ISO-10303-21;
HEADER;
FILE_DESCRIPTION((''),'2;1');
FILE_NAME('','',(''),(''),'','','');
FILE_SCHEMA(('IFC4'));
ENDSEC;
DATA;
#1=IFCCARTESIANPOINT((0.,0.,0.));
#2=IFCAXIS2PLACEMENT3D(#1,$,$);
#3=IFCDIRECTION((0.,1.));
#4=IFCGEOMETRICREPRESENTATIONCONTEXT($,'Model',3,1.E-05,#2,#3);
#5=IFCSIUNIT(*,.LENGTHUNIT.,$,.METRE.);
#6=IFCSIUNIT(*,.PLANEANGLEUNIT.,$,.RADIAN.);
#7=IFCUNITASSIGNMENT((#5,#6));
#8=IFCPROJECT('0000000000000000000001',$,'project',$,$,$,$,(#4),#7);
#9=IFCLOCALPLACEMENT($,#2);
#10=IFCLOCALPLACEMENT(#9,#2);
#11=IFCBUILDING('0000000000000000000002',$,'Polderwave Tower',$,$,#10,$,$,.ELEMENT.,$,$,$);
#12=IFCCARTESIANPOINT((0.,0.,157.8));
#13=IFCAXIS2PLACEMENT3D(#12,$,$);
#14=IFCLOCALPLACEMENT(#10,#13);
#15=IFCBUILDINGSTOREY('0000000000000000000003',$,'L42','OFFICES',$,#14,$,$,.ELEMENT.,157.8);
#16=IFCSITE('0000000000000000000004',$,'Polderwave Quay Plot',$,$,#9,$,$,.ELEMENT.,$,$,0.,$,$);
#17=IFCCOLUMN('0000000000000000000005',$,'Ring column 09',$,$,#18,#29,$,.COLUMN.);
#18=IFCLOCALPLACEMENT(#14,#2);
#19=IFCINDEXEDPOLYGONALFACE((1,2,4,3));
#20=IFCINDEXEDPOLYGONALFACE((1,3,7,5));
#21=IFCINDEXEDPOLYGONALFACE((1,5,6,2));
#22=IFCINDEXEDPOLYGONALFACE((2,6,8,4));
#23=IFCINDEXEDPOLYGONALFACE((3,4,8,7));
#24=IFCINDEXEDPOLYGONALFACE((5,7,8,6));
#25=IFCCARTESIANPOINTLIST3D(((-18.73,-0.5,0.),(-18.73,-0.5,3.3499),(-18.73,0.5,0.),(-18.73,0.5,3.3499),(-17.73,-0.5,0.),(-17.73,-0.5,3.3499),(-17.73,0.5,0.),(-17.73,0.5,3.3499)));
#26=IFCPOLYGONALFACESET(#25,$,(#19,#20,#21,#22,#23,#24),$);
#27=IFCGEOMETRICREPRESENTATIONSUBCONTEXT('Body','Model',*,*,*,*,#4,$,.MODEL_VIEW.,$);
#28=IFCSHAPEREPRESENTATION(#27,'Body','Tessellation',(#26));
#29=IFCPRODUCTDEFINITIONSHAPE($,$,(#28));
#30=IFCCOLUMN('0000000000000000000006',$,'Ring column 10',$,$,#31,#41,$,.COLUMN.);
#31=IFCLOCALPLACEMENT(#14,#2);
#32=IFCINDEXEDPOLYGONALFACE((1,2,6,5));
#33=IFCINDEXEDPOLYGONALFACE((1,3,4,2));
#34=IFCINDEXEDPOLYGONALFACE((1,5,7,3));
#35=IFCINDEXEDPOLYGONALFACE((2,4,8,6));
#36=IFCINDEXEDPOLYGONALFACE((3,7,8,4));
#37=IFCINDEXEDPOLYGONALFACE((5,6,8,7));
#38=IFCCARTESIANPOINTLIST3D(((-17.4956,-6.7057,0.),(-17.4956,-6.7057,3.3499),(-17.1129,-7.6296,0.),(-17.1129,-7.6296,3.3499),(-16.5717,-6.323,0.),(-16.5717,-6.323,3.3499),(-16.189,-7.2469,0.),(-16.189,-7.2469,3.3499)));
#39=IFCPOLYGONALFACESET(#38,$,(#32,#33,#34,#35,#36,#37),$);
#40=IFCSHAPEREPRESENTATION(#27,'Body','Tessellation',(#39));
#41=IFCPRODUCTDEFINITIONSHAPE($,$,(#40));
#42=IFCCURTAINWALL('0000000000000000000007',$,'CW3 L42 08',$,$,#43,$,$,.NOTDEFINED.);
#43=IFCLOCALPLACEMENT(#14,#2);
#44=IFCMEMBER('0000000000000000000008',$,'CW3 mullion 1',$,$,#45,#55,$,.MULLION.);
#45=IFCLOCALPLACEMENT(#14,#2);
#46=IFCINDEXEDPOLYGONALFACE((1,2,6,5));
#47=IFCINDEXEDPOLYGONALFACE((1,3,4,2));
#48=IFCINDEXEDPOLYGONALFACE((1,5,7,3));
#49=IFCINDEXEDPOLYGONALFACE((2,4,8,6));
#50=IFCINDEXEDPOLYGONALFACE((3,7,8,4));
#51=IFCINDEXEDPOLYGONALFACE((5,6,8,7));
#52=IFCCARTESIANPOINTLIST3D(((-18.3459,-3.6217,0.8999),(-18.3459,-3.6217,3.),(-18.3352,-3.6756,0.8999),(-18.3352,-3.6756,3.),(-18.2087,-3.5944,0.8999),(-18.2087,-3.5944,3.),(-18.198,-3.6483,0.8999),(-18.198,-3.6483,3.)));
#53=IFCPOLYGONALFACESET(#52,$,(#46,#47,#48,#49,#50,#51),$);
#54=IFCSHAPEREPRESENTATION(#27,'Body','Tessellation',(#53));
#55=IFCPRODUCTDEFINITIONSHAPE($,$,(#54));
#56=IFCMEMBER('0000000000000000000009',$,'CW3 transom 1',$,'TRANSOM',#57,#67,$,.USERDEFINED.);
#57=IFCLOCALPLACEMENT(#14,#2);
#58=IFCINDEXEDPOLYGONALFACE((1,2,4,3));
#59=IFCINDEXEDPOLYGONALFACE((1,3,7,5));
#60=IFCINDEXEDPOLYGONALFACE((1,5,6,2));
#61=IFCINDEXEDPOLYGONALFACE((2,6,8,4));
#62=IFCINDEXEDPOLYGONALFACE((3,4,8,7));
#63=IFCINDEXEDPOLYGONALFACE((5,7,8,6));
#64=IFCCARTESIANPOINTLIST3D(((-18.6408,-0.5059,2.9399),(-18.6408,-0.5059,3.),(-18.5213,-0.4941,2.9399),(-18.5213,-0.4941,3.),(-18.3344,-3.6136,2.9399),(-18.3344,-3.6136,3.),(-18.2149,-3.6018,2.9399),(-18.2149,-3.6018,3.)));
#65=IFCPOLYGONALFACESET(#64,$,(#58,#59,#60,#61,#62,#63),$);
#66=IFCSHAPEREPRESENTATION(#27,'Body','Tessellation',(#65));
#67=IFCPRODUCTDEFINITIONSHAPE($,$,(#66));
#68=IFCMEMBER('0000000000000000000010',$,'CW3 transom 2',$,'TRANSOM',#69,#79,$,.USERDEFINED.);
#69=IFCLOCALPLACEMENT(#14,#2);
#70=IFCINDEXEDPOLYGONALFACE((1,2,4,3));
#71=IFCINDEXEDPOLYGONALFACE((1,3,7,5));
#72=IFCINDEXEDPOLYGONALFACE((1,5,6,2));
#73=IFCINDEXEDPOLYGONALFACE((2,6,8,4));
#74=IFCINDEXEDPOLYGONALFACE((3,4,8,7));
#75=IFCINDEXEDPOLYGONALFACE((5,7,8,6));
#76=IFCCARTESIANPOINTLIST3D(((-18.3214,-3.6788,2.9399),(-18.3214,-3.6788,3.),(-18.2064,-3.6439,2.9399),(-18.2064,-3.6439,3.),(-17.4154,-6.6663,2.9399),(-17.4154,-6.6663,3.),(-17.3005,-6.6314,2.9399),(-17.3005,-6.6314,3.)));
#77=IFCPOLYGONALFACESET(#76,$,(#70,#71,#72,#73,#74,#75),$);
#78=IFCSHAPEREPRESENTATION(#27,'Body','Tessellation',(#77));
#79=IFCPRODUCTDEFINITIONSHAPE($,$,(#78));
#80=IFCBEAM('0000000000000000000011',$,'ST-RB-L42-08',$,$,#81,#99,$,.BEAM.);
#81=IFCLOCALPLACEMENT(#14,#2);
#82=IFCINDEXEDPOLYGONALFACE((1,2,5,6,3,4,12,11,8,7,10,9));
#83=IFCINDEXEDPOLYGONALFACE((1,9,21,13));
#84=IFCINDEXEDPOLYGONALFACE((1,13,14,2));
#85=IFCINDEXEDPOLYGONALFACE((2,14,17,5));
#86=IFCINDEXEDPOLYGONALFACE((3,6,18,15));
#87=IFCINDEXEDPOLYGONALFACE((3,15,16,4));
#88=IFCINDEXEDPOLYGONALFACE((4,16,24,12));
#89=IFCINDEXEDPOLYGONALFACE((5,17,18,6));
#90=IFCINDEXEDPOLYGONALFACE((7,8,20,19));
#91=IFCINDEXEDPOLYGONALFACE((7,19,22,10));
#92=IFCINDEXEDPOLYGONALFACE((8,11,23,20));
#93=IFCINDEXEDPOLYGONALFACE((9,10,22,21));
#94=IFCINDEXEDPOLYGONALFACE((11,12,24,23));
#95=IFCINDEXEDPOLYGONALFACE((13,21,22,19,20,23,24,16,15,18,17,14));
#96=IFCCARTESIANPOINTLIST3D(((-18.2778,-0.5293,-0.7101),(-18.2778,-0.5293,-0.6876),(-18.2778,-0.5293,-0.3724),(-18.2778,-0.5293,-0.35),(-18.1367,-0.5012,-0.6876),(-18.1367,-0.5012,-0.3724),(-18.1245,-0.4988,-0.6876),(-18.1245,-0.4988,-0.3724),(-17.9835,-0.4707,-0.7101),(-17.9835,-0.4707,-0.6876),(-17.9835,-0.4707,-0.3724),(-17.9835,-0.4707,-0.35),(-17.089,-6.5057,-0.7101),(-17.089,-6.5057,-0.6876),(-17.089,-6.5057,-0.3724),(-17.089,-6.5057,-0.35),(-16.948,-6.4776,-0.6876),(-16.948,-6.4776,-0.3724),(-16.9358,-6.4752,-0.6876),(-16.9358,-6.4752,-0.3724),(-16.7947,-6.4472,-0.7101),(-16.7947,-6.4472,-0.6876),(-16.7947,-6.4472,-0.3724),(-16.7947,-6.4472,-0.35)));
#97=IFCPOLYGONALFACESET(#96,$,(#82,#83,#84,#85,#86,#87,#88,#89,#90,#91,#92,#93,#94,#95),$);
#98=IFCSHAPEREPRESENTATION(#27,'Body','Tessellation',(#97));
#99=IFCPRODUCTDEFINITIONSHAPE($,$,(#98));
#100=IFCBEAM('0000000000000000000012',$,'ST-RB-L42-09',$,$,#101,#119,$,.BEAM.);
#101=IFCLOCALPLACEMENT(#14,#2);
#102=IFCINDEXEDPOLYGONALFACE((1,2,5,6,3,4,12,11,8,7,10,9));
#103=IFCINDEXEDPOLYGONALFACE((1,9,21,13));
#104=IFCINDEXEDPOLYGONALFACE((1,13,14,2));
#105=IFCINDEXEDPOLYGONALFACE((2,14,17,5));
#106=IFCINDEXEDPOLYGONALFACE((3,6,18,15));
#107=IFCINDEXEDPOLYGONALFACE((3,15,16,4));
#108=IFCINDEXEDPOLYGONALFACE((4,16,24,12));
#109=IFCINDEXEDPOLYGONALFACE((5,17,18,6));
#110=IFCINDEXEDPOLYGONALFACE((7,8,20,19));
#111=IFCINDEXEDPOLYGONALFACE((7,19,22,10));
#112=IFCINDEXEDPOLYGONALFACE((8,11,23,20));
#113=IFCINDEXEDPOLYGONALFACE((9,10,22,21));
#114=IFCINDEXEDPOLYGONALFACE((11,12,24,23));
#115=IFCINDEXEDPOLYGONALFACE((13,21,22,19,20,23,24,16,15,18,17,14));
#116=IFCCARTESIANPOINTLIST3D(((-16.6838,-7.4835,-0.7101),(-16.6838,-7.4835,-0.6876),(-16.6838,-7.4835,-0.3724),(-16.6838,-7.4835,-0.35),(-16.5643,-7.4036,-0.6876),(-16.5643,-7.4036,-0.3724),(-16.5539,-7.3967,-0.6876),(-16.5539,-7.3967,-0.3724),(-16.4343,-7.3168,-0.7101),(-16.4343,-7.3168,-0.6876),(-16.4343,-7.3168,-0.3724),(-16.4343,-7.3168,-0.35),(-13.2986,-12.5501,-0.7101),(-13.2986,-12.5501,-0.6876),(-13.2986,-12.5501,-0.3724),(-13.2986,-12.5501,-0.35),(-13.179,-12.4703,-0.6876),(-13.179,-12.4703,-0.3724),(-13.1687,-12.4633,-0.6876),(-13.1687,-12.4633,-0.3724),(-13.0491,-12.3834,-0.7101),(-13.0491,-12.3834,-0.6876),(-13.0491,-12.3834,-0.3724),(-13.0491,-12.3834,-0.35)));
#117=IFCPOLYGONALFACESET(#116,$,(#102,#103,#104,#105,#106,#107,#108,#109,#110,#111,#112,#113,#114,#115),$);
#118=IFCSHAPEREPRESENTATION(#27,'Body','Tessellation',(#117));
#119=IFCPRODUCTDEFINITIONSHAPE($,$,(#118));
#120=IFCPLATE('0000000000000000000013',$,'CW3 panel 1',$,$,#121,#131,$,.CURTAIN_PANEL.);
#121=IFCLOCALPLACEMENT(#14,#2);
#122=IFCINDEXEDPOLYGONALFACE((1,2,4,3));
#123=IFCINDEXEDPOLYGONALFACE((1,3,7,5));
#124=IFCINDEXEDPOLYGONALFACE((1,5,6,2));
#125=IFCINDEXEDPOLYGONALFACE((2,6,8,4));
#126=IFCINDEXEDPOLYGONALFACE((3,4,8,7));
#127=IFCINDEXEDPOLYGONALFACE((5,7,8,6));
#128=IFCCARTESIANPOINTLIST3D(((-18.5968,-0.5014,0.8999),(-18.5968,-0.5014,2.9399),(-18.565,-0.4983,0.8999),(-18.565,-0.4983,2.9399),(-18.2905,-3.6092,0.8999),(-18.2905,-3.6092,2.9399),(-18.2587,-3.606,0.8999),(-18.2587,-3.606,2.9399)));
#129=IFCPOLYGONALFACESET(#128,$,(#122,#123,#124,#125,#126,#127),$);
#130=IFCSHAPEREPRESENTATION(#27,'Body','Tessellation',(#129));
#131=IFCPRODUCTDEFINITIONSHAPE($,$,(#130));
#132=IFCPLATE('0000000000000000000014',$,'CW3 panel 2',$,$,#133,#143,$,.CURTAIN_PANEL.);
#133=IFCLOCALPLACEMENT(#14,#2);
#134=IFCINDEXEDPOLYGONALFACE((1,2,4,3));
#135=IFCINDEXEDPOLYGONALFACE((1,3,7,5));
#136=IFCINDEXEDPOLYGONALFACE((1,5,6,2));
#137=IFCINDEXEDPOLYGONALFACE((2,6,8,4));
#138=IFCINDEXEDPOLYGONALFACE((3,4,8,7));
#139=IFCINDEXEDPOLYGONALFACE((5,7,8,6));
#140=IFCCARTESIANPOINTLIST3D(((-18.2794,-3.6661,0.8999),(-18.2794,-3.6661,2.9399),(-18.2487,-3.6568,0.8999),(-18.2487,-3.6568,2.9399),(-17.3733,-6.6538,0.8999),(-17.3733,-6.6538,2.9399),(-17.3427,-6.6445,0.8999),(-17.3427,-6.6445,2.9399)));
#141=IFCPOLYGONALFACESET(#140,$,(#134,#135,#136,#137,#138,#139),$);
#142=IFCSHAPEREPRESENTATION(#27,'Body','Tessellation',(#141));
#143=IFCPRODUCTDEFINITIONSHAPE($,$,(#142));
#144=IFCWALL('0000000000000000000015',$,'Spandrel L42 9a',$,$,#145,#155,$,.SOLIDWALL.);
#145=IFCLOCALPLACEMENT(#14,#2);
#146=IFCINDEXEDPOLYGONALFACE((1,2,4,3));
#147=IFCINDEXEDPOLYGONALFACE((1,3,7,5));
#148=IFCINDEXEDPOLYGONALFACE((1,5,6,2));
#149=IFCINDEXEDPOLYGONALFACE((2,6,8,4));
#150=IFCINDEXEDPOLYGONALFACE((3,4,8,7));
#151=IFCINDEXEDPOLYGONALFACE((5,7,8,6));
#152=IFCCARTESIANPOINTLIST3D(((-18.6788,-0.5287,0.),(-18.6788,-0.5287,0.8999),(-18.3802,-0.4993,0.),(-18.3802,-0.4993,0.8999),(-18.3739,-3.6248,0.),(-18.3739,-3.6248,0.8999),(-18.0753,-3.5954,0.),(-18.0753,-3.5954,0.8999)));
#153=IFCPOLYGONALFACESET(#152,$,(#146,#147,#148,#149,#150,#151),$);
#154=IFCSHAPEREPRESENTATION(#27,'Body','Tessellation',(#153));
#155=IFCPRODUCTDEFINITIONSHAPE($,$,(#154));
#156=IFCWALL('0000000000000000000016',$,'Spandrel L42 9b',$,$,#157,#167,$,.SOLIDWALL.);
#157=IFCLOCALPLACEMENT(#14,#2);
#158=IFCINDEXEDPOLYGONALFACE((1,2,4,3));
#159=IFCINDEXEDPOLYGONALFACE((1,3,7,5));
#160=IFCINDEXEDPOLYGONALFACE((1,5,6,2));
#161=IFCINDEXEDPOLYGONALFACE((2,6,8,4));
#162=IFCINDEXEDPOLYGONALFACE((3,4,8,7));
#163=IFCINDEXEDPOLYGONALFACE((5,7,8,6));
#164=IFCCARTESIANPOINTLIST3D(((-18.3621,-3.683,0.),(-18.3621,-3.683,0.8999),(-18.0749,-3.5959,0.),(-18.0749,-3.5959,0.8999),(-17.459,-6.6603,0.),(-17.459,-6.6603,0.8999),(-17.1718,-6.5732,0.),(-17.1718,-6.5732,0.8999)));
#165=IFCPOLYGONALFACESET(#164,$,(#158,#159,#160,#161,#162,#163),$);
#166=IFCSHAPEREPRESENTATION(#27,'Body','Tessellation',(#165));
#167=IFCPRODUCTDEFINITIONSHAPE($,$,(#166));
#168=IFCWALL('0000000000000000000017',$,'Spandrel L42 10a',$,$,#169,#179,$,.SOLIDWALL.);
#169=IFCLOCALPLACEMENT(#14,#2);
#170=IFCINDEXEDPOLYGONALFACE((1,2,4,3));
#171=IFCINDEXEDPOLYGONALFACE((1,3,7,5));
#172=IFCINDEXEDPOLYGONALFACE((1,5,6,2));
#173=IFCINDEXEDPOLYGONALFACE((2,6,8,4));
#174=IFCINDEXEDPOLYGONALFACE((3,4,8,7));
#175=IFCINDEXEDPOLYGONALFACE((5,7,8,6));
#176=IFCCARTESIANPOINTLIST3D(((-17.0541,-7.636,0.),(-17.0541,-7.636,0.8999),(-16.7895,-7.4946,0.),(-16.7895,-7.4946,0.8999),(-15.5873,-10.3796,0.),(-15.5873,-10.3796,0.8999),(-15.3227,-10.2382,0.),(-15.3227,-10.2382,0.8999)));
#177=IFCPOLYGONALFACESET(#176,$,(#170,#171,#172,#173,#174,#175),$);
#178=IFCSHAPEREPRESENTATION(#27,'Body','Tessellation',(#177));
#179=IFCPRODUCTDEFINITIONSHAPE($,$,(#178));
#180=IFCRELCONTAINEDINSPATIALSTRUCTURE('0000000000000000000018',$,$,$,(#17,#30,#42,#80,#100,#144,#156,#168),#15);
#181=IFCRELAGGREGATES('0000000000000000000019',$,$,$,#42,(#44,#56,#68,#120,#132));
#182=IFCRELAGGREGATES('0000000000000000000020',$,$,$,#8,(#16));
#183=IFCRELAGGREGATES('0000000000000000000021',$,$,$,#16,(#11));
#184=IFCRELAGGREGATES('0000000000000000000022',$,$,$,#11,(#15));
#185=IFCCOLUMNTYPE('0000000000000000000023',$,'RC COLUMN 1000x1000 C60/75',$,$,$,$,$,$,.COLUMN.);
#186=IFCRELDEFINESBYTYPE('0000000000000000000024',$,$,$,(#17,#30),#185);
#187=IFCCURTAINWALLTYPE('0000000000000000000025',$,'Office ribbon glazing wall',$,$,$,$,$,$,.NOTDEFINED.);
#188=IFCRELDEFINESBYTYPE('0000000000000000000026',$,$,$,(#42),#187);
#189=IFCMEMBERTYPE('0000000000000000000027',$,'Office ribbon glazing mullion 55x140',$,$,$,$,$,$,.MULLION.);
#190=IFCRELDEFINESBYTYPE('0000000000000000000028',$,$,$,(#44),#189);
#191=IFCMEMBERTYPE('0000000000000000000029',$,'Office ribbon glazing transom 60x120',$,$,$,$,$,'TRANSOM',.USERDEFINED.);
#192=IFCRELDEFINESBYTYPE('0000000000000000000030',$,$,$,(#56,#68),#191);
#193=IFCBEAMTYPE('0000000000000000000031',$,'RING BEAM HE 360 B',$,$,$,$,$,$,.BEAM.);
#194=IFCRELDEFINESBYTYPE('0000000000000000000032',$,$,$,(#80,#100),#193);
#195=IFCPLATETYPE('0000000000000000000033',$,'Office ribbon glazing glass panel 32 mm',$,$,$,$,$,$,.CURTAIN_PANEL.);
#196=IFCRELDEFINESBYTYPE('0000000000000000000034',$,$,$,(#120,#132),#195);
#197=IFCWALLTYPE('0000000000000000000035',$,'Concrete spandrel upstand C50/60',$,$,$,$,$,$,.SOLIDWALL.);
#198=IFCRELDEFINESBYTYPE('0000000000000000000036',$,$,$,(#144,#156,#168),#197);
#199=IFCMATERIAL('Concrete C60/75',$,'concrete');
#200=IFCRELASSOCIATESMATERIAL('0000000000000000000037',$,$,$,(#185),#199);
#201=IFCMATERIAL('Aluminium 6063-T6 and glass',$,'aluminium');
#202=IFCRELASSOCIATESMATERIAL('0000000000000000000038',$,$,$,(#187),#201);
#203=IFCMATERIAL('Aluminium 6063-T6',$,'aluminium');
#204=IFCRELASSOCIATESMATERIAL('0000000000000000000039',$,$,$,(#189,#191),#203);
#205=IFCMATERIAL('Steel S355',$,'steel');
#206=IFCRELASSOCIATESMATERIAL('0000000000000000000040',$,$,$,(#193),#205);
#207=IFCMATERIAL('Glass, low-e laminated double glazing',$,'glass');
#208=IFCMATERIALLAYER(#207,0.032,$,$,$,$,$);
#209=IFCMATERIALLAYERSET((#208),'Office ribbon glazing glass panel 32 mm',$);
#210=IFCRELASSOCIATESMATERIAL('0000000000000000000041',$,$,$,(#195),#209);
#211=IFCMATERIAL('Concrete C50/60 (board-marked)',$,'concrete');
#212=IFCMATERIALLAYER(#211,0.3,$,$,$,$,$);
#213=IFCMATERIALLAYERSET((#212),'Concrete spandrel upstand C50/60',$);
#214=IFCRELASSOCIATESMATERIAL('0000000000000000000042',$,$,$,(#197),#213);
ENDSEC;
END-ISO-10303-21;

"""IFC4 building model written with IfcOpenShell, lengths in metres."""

from ifc_helpers import new_model, si_unit, direction, frame, frame_2d, origin, origin_2d, place, context, subcontext, project, spatial, rectangle, i_section, extrude, material, layer, layer_set, material_profile, profile_set, type_object, element, aggregate, save


model = new_model("IFC4")

# Units and contexts
model_context = context("Model", 3, precision=1e-05, world=origin(), true_north=direction((0.0, 1.0)))
body_context = subcontext(model_context, "Body", "Model", "MODEL_VIEW")
ifc_project = project(units=[si_unit("LENGTHUNIT", "METRE"), si_unit("PLANEANGLEUNIT", "RADIAN")], contexts=[model_context])

# Site, building, storey
site_placement = place(None, origin())
site = spatial("IfcSite", under=ifc_project, at=site_placement, Name="Polderwave Quay Plot", CompositionType="ELEMENT", RefElevation=0.0)
building_placement = place(site_placement, origin())
building = spatial("IfcBuilding", under=site, at=building_placement, Name="Polderwave Tower", CompositionType="ELEMENT")
storey_placement = place(building_placement, frame((0.0, 0.0, 157.8)))
storey = spatial("IfcBuildingStorey", under=building, at=storey_placement, Name="L42", Description="OFFICES", CompositionType="ELEMENT", Elevation=157.8)

# Columns
ifc_material_1 = material(Name="Concrete C60/75", Category="concrete")
ifc_material_profile_1 = material_profile(ifc_material_1, rectangle(XDim=1.0, YDim=1.0, at=origin_2d()), Name="RC 1000x1000")
ifc_profile_set_1 = profile_set([ifc_material_profile_1], Name="Concrete C60/75")
column_type = type_object("IfcColumnType", Name="RC COLUMN 1000x1000 C60/75", PredefinedType="COLUMN", material=ifc_profile_set_1)
for number, where, z_axis, x_axis, name in (
    (1, (-18.23, 0.0, 0.0), (0.0, 0.0, 1.0), (-1.0, 0.0, 0.0), "Ring column 09"),
    (2, (-16.8423, -6.9763, 0.0), (0.0, 0.0, 1.0), (-0.92388, -0.382683, 0.0), "Ring column 10"),
):
    element("IfcColumn", number, at=place(storey_placement, frame(where, z_axis=z_axis, x_axis=x_axis)), inside=storey, type_object=column_type, Name=name, PredefinedType="COLUMN", context=body_context, shape_type="SweptSolid", body=[
        extrude(rectangle(XDim=1.0, YDim=1.0, at=origin_2d()), origin(), (0.0, 0.0, 1.0), 3.3499),
    ])

# Curtain wall, members
ifc_material_2 = material(Name="Aluminium 6063-T6 and glass", Category="aluminium")
curtain_wall_type = type_object("IfcCurtainWallType", Name="Office ribbon glazing wall", PredefinedType="NOTDEFINED", material=ifc_material_2)
curtain_wall_placement = place(storey_placement, origin())
curtain_wall = element("IfcCurtainWall", 3, at=curtain_wall_placement, inside=storey, type_object=curtain_wall_type, Name="CW3 L42 08", PredefinedType="NOTDEFINED")
ifc_material_3 = material(Name="Aluminium 6063-T6", Category="aluminium")
ifc_material_profile_2 = material_profile(ifc_material_3, rectangle(XDim=0.1399, YDim=0.0549, at=origin_2d()), Name="AL 55x140")
ifc_profile_set_2 = profile_set([ifc_material_profile_2], Name="Aluminium 6063-T6")
member_type_1 = type_object("IfcMemberType", Name="Office ribbon glazing mullion 55x140", PredefinedType="MULLION", material=ifc_profile_set_2)
member_1_placement = place(storey_placement, frame((-18.272, -3.635, 0.8999), z_axis=(0.0, 0.0, 1.0), x_axis=(0.980787, 0.195083, 0.0)))
member_1 = element("IfcMember", 4, at=member_1_placement, type_object=member_type_1, Name="CW3 mullion 1", PredefinedType="MULLION", context=body_context, shape_type="SweptSolid", body=[
    extrude(rectangle(XDim=0.1399, YDim=0.0549, at=origin_2d()), origin(), (0.0, 0.0, 1.0), 2.1001),
])
ifc_material_profile_3 = material_profile(ifc_material_3, rectangle(XDim=0.1201, YDim=0.0601, at=origin_2d()), Name="AL 60x120")
ifc_profile_set_3 = profile_set([ifc_material_profile_3], Name="Aluminium 6063-T6")
member_type_2 = type_object("IfcMemberType", Name="Office ribbon glazing transom 60x120", ElementType="TRANSOM", PredefinedType="USERDEFINED", material=ifc_profile_set_3)
member_2_placement = place(storey_placement, frame((-18.5811, -0.5, 2.97), z_axis=(0.098118, -0.995175, 0.0), x_axis=(0.995175, 0.098118, 0.0)))
member_2 = element("IfcMember", 5, at=member_2_placement, type_object=member_type_2, Name="CW3 transom 1", ObjectType="TRANSOM", PredefinedType="USERDEFINED", context=body_context, shape_type="SweptSolid", body=[
    extrude(rectangle(XDim=0.1201, YDim=0.0601, at=origin_2d()), origin(), (0.0, 0.0, 1.0), 3.1228),
])
member_3_placement = place(storey_placement, frame((-18.2639, -3.6614, 2.97), z_axis=(0.290209, -0.956963, 0.0), x_axis=(0.956963, 0.290209, 0.0)))
member_3 = element("IfcMember", 6, at=member_3_placement, type_object=member_type_2, Name="CW3 transom 2", ObjectType="TRANSOM", PredefinedType="USERDEFINED", context=body_context, shape_type="SweptSolid", body=[
    extrude(rectangle(XDim=0.1201, YDim=0.0601, at=origin_2d()), origin(), (0.0, 0.0, 1.0), 3.1218),
])

# Beams
ifc_material_4 = material(Name="Steel S355", Category="steel")
ifc_material_profile_4 = material_profile(ifc_material_4, i_section(OverallWidth=0.3, OverallDepth=0.3601, WebThickness=0.0125, FlangeThickness=0.0225, at=origin_2d()), Name="HE 360 B")
ifc_profile_set_4 = profile_set([ifc_material_profile_4], Name="Steel S355")
beam_type = type_object("IfcBeamType", Name="RING BEAM HE 360 B", PredefinedType="BEAM", material=ifc_profile_set_4)
for number, where, z_axis, x_axis, name in (
    (7, (-18.1306, -0.5, -0.53), (0.195084, -0.980787, 0.0), (0.980787, 0.195084, 0.0), "ST-RB-L42-08"),
    (8, (-16.5591, -7.4001, -0.53), (0.555551, -0.831483, 0.0), (0.831483, 0.555551, 0.0), "ST-RB-L42-09"),
):
    element("IfcBeam", number, at=place(storey_placement, frame(where, z_axis=z_axis, x_axis=x_axis)), inside=storey, type_object=beam_type, Name=name, PredefinedType="BEAM", context=body_context, shape_type="SweptSolid", body=[
        extrude(i_section(OverallWidth=0.3, OverallDepth=0.3601, WebThickness=0.0125, FlangeThickness=0.0225, at=origin_2d()), origin(), (0.0, 0.0, 1.0), 6.0935),
    ])

# Plates
ifc_material_5 = material(Name="Glass, low-e laminated double glazing", Category="glass")
ifc_layer_1 = layer(ifc_material_5, 0.032)
ifc_layer_set_1 = layer_set([ifc_layer_1], Name="Office ribbon glazing glass panel 32 mm")
plate_type = type_object("IfcPlateType", Name="Office ribbon glazing glass panel 32 mm", PredefinedType="CURTAIN_PANEL", material=ifc_layer_set_1)
plate_1_placement = place(storey_placement, frame((-18.4277, -2.0537, 0.8999), z_axis=(0.0, 0.0, 1.0), x_axis=(0.09809, -0.995178, 0.0)))
plate_1 = element("IfcPlate", 9, at=plate_1_placement, type_object=plate_type, Name="CW3 panel 1", PredefinedType="CURTAIN_PANEL", context=body_context, shape_type="SweptSolid", body=[
    extrude(rectangle(XDim=3.1228, YDim=0.032, at=origin_2d()), origin(), (0.0, 0.0, 1.0), 2.04),
])
plate_2_placement = place(storey_placement, frame((-17.811, -5.1553, 0.8999), z_axis=(0.0, 0.0, 1.0), x_axis=(0.290201, -0.956966, 0.0)))
plate_2 = element("IfcPlate", 10, at=plate_2_placement, type_object=plate_type, Name="CW3 panel 2", PredefinedType="CURTAIN_PANEL", context=body_context, shape_type="SweptSolid", body=[
    extrude(rectangle(XDim=3.1221, YDim=0.032, at=origin_2d()), origin(), (0.0, 0.0, 1.0), 2.04),
])
aggregate(curtain_wall, [member_1, member_2, member_3, plate_1, plate_2])

# Walls
ifc_material_6 = material(Name="Concrete C50/60 (board-marked)", Category="concrete")
ifc_layer_2 = layer(ifc_material_6, 0.3)
ifc_layer_set_2 = layer_set([ifc_layer_2], Name="Concrete spandrel upstand C50/60")
wall_type_1 = type_object("IfcWallType", Name="Concrete spandrel upstand C50/60", PredefinedType="SOLIDWALL", material=ifc_layer_set_2)
wall_1_placement = place(storey_placement, frame((-18.5295, -0.5139, 0.0), z_axis=(0.0, 0.0, 1.0), x_axis=(0.098012, -0.995185, 0.0)))
element("IfcWall", 11, at=wall_1_placement, inside=storey, type_object=wall_type_1, Name="Spandrel L42 9a", PredefinedType="SOLIDWALL", context=body_context, shape_type="SweptSolid", body=[
    extrude(rectangle(XDim=3.1111, YDim=0.3, at=frame_2d((1.5557, 0.0))), origin(), (0.0, 0.0, 1.0), 0.8999),
])
wall_2_placement = place(storey_placement, frame((-18.2185, -3.6394, 0.0), z_axis=(0.0, 0.0, 1.0), x_axis=(0.290262, -0.956947, 0.0)))
element("IfcWall", 12, at=wall_2_placement, inside=storey, type_object=wall_type_1, Name="Spandrel L42 9b", PredefinedType="SOLIDWALL", context=body_context, shape_type="SweptSolid", body=[
    extrude(rectangle(XDim=3.1113, YDim=0.3, at=frame_2d((1.5557, 0.0))), origin(), (0.0, 0.0, 1.0), 0.8999),
])
wall_3_placement = place(storey_placement, frame((-16.9219, -7.5652, 0.0), z_axis=(0.0, 0.0, 1.0), x_axis=(0.471468, -0.881883, 0.0)))
element("IfcWall", 13, at=wall_3_placement, inside=storey, type_object=wall_type_1, Name="Spandrel L42 10a", PredefinedType="SOLIDWALL", context=body_context, shape_type="SweptSolid", body=[
    extrude(rectangle(XDim=3.1111, YDim=0.3, at=frame_2d((1.5557, 0.0))), origin(), (0.0, 0.0, 1.0), 0.8999),
])

save(model, "model.ifc")
